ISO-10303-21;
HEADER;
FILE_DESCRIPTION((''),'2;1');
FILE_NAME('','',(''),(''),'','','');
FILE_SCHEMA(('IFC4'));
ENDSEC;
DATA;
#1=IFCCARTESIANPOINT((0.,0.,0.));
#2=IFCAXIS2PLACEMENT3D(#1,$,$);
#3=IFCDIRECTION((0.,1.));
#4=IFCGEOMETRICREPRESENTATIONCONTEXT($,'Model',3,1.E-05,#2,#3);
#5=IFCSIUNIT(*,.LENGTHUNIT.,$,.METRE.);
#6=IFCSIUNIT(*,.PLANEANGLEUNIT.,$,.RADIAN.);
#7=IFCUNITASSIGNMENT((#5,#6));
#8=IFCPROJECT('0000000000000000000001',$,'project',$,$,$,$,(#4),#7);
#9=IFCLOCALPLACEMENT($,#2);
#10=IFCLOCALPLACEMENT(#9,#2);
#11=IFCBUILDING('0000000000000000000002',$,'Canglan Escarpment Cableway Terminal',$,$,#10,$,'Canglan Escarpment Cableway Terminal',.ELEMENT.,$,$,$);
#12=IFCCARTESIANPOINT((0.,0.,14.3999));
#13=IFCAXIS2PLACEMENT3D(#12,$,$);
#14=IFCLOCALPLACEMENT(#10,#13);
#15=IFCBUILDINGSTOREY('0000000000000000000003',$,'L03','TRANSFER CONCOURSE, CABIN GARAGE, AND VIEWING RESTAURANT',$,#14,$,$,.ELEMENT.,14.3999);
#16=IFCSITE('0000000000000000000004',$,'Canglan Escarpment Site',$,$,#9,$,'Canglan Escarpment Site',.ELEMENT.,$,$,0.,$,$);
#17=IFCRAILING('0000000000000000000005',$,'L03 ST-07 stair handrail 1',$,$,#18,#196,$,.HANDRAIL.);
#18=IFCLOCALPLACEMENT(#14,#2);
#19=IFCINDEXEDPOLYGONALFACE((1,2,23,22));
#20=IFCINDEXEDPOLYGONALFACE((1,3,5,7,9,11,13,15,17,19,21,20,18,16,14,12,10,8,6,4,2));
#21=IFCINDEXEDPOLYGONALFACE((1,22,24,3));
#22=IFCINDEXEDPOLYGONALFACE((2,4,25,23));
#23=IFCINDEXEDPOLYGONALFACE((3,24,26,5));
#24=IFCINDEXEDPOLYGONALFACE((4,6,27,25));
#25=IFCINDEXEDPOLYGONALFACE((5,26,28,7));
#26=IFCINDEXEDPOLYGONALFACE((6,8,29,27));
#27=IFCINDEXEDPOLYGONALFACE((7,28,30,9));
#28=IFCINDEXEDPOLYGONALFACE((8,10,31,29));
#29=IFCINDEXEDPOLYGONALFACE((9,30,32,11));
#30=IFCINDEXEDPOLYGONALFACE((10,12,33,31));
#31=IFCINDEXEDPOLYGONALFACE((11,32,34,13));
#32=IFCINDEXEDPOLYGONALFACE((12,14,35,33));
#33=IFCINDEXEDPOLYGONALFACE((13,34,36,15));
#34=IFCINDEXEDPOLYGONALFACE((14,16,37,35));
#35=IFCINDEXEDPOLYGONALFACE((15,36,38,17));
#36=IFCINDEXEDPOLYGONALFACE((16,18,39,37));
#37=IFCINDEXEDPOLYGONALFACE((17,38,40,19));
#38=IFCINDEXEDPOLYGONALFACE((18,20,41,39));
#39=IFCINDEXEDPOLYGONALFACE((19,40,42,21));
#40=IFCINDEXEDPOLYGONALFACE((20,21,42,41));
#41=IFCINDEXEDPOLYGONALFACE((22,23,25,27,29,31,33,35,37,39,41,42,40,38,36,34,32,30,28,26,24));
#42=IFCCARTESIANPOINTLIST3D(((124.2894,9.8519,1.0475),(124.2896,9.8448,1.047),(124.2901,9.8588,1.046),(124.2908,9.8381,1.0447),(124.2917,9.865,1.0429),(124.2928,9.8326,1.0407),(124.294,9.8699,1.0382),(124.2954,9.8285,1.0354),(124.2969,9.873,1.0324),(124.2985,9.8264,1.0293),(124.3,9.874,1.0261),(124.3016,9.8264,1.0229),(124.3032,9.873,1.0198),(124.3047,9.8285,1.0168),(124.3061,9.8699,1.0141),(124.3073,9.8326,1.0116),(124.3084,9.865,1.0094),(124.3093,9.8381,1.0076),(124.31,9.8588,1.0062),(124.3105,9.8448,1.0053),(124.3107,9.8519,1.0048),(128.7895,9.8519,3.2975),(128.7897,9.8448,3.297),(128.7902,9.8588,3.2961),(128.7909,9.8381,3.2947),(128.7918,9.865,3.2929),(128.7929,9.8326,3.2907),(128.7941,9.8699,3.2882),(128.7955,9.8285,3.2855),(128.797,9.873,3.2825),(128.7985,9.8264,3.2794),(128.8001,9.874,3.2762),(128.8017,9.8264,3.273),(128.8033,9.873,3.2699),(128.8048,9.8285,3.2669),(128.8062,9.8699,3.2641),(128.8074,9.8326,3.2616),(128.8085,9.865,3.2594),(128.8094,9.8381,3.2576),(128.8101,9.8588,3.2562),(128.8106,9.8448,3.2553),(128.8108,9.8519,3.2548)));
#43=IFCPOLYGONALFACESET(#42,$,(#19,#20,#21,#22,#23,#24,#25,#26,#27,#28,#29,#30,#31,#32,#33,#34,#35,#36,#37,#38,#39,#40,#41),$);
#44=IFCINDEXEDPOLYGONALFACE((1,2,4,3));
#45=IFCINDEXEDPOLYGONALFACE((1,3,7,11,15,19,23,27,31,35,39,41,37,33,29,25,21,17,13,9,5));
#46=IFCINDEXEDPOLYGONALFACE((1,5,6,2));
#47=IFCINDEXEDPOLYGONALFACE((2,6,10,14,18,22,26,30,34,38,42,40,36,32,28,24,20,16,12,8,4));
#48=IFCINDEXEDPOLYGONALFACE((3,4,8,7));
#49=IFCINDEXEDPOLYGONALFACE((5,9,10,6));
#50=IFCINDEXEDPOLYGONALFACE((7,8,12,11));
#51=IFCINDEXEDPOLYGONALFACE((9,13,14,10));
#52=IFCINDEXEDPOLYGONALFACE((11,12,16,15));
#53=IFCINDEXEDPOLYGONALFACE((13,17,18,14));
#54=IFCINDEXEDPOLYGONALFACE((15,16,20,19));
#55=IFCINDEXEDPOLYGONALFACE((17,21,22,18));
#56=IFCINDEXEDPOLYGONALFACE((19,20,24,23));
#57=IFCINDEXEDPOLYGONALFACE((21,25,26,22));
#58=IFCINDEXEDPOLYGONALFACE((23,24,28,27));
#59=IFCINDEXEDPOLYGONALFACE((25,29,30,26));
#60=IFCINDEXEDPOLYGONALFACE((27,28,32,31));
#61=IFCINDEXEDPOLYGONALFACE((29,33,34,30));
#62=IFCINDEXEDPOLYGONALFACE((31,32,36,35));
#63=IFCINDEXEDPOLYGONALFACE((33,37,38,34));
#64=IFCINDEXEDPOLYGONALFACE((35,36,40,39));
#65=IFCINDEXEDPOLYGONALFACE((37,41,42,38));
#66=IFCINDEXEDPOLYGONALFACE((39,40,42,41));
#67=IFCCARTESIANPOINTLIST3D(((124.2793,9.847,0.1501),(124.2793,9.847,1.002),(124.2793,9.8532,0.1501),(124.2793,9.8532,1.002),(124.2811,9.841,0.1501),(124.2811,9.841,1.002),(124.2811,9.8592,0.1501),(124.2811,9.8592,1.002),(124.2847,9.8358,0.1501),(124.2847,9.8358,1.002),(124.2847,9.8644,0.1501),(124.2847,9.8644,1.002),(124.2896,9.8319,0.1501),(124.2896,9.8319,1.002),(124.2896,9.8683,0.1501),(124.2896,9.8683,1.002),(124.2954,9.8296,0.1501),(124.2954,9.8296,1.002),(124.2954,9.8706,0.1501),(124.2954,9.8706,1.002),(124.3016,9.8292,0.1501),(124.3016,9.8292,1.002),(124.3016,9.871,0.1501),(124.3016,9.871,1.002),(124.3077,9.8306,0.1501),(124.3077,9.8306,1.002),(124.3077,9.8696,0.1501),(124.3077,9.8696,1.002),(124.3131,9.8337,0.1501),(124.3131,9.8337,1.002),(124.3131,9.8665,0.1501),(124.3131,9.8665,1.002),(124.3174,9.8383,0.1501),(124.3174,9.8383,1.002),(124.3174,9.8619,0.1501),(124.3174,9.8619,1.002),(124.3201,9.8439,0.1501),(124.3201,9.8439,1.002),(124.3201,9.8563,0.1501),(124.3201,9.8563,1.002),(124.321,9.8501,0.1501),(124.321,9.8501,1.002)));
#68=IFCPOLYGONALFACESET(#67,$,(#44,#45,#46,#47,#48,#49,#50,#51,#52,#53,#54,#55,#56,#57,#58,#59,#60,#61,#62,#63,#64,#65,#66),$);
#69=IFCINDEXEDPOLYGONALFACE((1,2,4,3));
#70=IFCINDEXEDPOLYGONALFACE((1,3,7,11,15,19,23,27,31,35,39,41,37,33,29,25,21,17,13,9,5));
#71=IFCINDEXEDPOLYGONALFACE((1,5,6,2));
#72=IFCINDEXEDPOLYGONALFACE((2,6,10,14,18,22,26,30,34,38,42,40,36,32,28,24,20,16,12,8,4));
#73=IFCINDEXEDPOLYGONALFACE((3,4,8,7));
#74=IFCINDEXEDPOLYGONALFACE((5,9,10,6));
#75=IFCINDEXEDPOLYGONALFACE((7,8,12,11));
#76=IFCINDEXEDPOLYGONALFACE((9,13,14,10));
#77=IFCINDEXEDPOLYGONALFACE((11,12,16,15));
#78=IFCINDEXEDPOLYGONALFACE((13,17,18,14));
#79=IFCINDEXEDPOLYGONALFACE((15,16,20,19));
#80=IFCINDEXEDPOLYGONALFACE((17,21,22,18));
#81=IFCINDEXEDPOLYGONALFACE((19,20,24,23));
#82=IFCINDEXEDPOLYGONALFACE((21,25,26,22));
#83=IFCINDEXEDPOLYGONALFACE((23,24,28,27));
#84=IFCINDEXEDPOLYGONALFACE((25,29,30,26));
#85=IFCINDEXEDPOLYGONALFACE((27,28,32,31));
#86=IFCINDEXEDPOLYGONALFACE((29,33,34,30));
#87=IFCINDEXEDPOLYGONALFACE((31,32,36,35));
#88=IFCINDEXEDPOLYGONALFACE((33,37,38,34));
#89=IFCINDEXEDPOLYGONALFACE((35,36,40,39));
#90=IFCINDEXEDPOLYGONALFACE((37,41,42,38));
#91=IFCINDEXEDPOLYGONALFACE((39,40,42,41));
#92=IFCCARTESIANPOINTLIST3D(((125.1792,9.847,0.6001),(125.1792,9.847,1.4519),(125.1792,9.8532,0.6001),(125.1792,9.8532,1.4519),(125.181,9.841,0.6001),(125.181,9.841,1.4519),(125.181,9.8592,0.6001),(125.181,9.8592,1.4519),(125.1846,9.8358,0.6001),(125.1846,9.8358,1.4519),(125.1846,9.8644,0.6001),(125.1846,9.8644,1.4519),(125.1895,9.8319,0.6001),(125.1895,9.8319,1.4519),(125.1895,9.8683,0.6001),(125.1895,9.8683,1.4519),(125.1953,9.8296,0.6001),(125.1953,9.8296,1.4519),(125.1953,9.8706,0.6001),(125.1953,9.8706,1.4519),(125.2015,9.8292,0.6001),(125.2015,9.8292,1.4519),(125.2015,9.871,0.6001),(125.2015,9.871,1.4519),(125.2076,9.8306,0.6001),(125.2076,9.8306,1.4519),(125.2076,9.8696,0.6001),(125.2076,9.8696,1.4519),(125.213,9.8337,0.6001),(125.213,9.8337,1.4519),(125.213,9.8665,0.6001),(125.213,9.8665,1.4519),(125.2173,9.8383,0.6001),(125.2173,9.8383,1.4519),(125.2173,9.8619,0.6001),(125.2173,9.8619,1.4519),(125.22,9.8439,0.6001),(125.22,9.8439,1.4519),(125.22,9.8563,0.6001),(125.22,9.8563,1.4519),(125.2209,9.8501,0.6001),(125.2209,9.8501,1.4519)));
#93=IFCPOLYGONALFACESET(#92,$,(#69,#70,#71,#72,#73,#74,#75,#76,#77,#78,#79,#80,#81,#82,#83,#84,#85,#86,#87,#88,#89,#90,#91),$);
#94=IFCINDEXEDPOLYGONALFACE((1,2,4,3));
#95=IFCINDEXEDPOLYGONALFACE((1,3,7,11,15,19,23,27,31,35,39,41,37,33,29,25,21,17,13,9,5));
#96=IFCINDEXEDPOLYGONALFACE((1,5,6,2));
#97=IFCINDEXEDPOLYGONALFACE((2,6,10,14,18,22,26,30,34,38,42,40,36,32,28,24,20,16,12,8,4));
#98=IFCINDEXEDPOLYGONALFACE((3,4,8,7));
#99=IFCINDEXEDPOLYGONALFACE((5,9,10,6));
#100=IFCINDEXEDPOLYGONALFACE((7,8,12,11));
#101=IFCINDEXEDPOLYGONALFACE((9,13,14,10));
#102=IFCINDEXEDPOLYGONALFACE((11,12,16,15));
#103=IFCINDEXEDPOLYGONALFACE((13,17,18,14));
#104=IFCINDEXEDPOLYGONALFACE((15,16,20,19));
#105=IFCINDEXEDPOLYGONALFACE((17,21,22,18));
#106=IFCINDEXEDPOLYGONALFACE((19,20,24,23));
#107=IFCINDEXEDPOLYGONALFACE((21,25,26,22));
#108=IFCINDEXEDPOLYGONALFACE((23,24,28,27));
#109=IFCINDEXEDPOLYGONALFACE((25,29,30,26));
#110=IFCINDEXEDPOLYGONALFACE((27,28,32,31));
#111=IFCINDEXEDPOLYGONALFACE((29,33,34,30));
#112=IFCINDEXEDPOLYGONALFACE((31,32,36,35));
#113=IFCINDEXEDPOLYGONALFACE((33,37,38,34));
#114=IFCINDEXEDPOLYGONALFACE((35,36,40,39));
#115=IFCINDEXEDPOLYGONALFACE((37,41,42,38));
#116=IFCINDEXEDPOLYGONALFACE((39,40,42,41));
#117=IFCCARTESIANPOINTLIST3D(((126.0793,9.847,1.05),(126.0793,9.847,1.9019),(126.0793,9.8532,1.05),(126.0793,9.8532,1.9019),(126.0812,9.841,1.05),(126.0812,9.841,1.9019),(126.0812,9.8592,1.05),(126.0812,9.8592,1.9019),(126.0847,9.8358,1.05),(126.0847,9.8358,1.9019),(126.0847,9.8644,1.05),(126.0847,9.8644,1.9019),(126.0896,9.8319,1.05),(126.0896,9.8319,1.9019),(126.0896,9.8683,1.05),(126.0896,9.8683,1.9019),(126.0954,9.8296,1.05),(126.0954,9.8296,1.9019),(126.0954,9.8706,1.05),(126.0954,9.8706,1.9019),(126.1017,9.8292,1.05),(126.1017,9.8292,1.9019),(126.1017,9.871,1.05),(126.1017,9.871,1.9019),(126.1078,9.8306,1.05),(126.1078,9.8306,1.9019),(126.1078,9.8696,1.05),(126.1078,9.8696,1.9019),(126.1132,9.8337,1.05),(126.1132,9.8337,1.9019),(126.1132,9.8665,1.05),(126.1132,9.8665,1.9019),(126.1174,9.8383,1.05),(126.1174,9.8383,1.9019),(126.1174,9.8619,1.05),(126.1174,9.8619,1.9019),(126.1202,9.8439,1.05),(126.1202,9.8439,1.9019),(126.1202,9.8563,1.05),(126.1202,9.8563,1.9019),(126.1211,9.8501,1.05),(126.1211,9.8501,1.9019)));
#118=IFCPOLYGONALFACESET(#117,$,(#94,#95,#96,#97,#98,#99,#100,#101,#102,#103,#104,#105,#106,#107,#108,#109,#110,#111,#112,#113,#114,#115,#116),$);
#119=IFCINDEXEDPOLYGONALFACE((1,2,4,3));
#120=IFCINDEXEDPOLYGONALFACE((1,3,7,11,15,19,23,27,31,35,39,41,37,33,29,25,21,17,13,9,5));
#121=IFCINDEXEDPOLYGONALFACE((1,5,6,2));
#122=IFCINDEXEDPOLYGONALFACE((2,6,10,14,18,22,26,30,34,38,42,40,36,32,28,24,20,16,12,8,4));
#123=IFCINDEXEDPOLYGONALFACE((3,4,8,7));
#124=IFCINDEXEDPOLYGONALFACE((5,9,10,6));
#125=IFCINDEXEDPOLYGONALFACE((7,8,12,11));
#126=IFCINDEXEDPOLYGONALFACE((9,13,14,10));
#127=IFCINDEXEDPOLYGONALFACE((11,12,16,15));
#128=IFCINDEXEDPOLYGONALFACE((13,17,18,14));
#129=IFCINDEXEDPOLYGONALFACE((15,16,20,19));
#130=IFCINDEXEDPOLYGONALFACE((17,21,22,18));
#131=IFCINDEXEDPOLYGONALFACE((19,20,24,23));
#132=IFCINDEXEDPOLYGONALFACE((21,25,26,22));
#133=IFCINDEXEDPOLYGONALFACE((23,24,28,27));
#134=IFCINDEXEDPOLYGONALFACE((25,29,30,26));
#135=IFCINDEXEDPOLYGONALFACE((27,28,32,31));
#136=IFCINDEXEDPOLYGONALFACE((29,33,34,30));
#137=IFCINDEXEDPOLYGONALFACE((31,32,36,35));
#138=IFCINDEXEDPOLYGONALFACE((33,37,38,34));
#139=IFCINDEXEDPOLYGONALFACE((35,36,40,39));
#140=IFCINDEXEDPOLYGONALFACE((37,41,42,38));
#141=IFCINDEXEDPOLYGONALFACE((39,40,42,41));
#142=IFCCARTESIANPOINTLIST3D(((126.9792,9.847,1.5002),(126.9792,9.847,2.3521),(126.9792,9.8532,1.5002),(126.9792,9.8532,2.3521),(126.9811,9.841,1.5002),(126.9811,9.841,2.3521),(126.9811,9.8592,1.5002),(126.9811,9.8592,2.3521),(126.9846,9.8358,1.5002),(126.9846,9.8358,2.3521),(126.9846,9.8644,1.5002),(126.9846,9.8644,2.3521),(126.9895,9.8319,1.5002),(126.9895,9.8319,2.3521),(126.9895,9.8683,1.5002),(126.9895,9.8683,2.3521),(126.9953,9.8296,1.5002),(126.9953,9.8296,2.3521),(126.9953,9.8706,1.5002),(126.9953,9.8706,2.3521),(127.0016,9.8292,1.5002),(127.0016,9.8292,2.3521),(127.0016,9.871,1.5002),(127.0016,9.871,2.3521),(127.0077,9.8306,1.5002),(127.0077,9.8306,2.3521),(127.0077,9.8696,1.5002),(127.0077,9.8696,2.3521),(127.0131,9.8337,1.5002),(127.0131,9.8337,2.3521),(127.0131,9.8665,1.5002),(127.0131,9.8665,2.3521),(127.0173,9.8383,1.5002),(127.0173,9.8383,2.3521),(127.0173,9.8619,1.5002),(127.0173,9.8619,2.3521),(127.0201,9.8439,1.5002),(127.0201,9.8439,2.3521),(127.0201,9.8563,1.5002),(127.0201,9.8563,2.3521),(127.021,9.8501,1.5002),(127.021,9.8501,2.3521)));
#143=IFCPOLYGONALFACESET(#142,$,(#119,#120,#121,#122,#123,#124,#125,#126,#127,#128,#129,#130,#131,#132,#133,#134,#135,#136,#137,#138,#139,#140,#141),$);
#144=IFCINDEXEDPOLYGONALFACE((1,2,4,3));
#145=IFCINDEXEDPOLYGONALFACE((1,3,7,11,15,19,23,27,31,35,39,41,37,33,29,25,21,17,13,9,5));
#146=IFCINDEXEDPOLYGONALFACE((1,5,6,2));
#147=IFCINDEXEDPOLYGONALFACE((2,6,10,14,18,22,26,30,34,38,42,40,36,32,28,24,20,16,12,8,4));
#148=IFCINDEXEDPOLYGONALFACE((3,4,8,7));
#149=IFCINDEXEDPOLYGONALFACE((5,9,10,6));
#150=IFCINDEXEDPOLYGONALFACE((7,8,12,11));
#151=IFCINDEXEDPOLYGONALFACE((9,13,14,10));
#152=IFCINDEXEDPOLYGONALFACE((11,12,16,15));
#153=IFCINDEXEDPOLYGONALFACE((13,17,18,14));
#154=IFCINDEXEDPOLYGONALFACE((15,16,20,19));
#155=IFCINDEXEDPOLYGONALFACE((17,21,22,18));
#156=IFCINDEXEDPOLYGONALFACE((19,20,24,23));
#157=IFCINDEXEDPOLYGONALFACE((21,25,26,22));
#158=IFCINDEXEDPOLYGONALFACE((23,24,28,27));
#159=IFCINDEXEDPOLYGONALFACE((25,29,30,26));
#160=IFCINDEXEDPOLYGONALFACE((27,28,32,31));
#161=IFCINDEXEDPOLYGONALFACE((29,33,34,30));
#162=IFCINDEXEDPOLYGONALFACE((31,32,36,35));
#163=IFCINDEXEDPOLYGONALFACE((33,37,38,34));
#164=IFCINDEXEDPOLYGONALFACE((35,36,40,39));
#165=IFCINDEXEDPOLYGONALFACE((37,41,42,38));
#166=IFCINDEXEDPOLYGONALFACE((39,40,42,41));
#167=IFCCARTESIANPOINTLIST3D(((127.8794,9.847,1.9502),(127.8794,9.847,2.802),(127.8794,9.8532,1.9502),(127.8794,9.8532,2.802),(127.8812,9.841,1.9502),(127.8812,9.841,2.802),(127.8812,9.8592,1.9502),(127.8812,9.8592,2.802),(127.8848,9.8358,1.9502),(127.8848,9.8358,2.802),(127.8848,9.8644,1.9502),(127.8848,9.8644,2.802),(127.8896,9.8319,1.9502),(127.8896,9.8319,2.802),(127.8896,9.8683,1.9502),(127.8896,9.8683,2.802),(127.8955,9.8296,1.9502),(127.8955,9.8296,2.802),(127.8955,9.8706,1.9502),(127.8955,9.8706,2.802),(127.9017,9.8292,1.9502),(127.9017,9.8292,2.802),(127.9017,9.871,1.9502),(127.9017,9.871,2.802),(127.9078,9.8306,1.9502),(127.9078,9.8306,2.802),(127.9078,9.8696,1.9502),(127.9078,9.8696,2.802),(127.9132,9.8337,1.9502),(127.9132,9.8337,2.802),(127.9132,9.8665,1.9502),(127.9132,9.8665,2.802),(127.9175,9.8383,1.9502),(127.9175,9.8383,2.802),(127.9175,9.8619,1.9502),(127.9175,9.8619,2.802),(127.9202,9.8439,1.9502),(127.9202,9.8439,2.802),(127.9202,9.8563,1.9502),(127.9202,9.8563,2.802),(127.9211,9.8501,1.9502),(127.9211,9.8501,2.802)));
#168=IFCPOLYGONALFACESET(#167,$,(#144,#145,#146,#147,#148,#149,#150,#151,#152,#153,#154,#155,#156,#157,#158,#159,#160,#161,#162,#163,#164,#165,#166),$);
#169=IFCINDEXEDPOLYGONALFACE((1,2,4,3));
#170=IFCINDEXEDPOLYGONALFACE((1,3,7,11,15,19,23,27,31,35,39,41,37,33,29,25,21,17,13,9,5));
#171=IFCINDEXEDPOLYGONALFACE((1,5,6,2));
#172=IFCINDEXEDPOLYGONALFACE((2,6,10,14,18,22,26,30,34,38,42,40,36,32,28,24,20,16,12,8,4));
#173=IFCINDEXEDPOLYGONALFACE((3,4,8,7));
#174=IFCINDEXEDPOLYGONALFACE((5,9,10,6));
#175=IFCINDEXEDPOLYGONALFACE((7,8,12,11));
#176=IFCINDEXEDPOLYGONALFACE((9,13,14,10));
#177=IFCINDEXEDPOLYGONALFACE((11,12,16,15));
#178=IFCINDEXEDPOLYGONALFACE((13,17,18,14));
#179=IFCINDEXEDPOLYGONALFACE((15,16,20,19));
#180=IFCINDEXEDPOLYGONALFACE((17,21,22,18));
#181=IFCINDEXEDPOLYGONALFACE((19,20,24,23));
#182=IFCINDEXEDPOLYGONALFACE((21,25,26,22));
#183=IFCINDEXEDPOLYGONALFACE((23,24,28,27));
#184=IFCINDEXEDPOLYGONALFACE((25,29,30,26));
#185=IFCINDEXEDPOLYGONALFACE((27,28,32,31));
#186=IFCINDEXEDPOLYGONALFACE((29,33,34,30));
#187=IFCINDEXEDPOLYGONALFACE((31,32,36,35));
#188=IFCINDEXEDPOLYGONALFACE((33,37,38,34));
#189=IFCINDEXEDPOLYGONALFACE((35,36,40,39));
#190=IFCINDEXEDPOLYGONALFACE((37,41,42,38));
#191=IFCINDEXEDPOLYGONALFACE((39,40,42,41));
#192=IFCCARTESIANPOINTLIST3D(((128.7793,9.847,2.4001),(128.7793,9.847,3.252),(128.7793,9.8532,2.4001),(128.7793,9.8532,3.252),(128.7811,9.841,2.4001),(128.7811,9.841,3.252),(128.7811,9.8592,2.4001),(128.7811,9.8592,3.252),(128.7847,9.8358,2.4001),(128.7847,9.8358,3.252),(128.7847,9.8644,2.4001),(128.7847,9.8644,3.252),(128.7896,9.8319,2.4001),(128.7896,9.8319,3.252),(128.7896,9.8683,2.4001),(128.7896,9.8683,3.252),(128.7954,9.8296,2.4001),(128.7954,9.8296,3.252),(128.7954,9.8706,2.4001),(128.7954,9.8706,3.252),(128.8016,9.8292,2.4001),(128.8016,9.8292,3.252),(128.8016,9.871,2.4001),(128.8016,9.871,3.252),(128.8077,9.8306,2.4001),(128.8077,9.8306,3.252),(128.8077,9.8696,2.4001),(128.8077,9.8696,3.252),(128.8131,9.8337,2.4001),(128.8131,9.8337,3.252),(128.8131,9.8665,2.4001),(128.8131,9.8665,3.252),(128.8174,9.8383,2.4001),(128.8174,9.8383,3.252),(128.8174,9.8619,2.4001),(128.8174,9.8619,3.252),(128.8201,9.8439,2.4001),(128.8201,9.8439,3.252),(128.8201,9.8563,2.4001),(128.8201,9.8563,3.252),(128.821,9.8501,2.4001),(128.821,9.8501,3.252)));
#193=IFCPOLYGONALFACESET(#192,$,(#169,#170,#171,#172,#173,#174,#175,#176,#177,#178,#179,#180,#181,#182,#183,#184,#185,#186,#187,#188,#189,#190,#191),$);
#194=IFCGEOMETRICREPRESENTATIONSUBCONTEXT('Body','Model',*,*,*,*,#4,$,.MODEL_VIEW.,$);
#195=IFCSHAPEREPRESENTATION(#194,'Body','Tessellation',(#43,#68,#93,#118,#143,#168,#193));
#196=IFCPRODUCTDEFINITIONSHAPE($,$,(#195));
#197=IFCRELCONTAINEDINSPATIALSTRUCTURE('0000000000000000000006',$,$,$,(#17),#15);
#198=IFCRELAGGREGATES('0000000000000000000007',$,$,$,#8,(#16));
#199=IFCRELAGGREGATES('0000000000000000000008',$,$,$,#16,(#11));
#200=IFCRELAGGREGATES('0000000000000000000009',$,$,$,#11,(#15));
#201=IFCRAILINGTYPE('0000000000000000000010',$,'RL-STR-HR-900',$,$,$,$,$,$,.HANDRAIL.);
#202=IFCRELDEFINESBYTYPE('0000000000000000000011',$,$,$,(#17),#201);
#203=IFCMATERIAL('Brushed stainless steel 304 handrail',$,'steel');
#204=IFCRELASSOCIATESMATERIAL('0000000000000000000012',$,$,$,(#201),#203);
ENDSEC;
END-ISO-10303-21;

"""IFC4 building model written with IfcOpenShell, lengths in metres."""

from ifc_helpers import new_model, si_unit, direction, frame, origin, origin_2d, place, context, subcontext, project, spatial, circle, extrude, material, type_object, element, save


model = new_model("IFC4")

# Units and contexts
model_context = context("Model", 3, precision=1e-05, world=origin(), true_north=direction((0.0, 1.0)))
body_context = subcontext(model_context, "Body", "Model", "MODEL_VIEW")
ifc_project = project(units=[si_unit("LENGTHUNIT", "METRE"), si_unit("PLANEANGLEUNIT", "RADIAN")], contexts=[model_context])

# Site, building, storey
site_placement = place(None, origin())
site = spatial("IfcSite", under=ifc_project, at=site_placement, Name="Canglan Escarpment Site", LongName="Canglan Escarpment Site", CompositionType="ELEMENT", RefElevation=0.0)
building_placement = place(site_placement, origin())
building = spatial("IfcBuilding", under=site, at=building_placement, Name="Canglan Escarpment Cableway Terminal", LongName="Canglan Escarpment Cableway Terminal", CompositionType="ELEMENT")
storey_placement = place(building_placement, frame((0.0, 0.0, 14.3999)))
storey = spatial("IfcBuildingStorey", under=building, at=storey_placement, Name="L03", Description="TRANSFER CONCOURSE, CABIN GARAGE, AND VIEWING RESTAURANT", CompositionType="ELEMENT", Elevation=14.3999)

# Railing
ifc_material_1 = material(Name="Brushed stainless steel 304 handrail", Category="steel")
railing_type_1 = type_object("IfcRailingType", Name="RL-STR-HR-900", PredefinedType="HANDRAIL", material=ifc_material_1)
railing_1_placement = place(storey_placement, frame((124.3, 9.8501, 0.1501)))
element("IfcRailing", 1, at=railing_1_placement, inside=storey, type_object=railing_type_1, Name="L03 ST-07 stair handrail 1", PredefinedType="HANDRAIL", context=body_context, shape_type="SweptSolid", body=[
    extrude(circle(Radius=0.0239, at=origin_2d()), frame((0.0, 0.0, 0.876), z_axis=(0.894427, 0.0, 0.447214), x_axis=(0.0, 1.0, 0.0)), (0.0, 0.0, 1.0), 5.0312),
    extrude(circle(Radius=0.021, at=origin_2d()), origin(), (0.0, 0.0, 1.0), 0.8518),
    extrude(circle(Radius=0.021, at=origin_2d()), frame((0.8999, 0.0, 0.45)), (0.0, 0.0, 1.0), 0.8518),
    extrude(circle(Radius=0.021, at=origin_2d()), frame((1.8, 0.0, 0.8999)), (0.0, 0.0, 1.0), 0.8518),
    extrude(circle(Radius=0.021, at=origin_2d()), frame((2.7, 0.0, 1.3501)), (0.0, 0.0, 1.0), 0.8518),
    extrude(circle(Radius=0.021, at=origin_2d()), frame((3.6001, 0.0, 1.8)), (0.0, 0.0, 1.0), 0.8518),
    extrude(circle(Radius=0.021, at=origin_2d()), frame((4.5, 0.0, 2.25)), (0.0, 0.0, 1.0), 0.8518),
])

save(model, "model.ifc")
